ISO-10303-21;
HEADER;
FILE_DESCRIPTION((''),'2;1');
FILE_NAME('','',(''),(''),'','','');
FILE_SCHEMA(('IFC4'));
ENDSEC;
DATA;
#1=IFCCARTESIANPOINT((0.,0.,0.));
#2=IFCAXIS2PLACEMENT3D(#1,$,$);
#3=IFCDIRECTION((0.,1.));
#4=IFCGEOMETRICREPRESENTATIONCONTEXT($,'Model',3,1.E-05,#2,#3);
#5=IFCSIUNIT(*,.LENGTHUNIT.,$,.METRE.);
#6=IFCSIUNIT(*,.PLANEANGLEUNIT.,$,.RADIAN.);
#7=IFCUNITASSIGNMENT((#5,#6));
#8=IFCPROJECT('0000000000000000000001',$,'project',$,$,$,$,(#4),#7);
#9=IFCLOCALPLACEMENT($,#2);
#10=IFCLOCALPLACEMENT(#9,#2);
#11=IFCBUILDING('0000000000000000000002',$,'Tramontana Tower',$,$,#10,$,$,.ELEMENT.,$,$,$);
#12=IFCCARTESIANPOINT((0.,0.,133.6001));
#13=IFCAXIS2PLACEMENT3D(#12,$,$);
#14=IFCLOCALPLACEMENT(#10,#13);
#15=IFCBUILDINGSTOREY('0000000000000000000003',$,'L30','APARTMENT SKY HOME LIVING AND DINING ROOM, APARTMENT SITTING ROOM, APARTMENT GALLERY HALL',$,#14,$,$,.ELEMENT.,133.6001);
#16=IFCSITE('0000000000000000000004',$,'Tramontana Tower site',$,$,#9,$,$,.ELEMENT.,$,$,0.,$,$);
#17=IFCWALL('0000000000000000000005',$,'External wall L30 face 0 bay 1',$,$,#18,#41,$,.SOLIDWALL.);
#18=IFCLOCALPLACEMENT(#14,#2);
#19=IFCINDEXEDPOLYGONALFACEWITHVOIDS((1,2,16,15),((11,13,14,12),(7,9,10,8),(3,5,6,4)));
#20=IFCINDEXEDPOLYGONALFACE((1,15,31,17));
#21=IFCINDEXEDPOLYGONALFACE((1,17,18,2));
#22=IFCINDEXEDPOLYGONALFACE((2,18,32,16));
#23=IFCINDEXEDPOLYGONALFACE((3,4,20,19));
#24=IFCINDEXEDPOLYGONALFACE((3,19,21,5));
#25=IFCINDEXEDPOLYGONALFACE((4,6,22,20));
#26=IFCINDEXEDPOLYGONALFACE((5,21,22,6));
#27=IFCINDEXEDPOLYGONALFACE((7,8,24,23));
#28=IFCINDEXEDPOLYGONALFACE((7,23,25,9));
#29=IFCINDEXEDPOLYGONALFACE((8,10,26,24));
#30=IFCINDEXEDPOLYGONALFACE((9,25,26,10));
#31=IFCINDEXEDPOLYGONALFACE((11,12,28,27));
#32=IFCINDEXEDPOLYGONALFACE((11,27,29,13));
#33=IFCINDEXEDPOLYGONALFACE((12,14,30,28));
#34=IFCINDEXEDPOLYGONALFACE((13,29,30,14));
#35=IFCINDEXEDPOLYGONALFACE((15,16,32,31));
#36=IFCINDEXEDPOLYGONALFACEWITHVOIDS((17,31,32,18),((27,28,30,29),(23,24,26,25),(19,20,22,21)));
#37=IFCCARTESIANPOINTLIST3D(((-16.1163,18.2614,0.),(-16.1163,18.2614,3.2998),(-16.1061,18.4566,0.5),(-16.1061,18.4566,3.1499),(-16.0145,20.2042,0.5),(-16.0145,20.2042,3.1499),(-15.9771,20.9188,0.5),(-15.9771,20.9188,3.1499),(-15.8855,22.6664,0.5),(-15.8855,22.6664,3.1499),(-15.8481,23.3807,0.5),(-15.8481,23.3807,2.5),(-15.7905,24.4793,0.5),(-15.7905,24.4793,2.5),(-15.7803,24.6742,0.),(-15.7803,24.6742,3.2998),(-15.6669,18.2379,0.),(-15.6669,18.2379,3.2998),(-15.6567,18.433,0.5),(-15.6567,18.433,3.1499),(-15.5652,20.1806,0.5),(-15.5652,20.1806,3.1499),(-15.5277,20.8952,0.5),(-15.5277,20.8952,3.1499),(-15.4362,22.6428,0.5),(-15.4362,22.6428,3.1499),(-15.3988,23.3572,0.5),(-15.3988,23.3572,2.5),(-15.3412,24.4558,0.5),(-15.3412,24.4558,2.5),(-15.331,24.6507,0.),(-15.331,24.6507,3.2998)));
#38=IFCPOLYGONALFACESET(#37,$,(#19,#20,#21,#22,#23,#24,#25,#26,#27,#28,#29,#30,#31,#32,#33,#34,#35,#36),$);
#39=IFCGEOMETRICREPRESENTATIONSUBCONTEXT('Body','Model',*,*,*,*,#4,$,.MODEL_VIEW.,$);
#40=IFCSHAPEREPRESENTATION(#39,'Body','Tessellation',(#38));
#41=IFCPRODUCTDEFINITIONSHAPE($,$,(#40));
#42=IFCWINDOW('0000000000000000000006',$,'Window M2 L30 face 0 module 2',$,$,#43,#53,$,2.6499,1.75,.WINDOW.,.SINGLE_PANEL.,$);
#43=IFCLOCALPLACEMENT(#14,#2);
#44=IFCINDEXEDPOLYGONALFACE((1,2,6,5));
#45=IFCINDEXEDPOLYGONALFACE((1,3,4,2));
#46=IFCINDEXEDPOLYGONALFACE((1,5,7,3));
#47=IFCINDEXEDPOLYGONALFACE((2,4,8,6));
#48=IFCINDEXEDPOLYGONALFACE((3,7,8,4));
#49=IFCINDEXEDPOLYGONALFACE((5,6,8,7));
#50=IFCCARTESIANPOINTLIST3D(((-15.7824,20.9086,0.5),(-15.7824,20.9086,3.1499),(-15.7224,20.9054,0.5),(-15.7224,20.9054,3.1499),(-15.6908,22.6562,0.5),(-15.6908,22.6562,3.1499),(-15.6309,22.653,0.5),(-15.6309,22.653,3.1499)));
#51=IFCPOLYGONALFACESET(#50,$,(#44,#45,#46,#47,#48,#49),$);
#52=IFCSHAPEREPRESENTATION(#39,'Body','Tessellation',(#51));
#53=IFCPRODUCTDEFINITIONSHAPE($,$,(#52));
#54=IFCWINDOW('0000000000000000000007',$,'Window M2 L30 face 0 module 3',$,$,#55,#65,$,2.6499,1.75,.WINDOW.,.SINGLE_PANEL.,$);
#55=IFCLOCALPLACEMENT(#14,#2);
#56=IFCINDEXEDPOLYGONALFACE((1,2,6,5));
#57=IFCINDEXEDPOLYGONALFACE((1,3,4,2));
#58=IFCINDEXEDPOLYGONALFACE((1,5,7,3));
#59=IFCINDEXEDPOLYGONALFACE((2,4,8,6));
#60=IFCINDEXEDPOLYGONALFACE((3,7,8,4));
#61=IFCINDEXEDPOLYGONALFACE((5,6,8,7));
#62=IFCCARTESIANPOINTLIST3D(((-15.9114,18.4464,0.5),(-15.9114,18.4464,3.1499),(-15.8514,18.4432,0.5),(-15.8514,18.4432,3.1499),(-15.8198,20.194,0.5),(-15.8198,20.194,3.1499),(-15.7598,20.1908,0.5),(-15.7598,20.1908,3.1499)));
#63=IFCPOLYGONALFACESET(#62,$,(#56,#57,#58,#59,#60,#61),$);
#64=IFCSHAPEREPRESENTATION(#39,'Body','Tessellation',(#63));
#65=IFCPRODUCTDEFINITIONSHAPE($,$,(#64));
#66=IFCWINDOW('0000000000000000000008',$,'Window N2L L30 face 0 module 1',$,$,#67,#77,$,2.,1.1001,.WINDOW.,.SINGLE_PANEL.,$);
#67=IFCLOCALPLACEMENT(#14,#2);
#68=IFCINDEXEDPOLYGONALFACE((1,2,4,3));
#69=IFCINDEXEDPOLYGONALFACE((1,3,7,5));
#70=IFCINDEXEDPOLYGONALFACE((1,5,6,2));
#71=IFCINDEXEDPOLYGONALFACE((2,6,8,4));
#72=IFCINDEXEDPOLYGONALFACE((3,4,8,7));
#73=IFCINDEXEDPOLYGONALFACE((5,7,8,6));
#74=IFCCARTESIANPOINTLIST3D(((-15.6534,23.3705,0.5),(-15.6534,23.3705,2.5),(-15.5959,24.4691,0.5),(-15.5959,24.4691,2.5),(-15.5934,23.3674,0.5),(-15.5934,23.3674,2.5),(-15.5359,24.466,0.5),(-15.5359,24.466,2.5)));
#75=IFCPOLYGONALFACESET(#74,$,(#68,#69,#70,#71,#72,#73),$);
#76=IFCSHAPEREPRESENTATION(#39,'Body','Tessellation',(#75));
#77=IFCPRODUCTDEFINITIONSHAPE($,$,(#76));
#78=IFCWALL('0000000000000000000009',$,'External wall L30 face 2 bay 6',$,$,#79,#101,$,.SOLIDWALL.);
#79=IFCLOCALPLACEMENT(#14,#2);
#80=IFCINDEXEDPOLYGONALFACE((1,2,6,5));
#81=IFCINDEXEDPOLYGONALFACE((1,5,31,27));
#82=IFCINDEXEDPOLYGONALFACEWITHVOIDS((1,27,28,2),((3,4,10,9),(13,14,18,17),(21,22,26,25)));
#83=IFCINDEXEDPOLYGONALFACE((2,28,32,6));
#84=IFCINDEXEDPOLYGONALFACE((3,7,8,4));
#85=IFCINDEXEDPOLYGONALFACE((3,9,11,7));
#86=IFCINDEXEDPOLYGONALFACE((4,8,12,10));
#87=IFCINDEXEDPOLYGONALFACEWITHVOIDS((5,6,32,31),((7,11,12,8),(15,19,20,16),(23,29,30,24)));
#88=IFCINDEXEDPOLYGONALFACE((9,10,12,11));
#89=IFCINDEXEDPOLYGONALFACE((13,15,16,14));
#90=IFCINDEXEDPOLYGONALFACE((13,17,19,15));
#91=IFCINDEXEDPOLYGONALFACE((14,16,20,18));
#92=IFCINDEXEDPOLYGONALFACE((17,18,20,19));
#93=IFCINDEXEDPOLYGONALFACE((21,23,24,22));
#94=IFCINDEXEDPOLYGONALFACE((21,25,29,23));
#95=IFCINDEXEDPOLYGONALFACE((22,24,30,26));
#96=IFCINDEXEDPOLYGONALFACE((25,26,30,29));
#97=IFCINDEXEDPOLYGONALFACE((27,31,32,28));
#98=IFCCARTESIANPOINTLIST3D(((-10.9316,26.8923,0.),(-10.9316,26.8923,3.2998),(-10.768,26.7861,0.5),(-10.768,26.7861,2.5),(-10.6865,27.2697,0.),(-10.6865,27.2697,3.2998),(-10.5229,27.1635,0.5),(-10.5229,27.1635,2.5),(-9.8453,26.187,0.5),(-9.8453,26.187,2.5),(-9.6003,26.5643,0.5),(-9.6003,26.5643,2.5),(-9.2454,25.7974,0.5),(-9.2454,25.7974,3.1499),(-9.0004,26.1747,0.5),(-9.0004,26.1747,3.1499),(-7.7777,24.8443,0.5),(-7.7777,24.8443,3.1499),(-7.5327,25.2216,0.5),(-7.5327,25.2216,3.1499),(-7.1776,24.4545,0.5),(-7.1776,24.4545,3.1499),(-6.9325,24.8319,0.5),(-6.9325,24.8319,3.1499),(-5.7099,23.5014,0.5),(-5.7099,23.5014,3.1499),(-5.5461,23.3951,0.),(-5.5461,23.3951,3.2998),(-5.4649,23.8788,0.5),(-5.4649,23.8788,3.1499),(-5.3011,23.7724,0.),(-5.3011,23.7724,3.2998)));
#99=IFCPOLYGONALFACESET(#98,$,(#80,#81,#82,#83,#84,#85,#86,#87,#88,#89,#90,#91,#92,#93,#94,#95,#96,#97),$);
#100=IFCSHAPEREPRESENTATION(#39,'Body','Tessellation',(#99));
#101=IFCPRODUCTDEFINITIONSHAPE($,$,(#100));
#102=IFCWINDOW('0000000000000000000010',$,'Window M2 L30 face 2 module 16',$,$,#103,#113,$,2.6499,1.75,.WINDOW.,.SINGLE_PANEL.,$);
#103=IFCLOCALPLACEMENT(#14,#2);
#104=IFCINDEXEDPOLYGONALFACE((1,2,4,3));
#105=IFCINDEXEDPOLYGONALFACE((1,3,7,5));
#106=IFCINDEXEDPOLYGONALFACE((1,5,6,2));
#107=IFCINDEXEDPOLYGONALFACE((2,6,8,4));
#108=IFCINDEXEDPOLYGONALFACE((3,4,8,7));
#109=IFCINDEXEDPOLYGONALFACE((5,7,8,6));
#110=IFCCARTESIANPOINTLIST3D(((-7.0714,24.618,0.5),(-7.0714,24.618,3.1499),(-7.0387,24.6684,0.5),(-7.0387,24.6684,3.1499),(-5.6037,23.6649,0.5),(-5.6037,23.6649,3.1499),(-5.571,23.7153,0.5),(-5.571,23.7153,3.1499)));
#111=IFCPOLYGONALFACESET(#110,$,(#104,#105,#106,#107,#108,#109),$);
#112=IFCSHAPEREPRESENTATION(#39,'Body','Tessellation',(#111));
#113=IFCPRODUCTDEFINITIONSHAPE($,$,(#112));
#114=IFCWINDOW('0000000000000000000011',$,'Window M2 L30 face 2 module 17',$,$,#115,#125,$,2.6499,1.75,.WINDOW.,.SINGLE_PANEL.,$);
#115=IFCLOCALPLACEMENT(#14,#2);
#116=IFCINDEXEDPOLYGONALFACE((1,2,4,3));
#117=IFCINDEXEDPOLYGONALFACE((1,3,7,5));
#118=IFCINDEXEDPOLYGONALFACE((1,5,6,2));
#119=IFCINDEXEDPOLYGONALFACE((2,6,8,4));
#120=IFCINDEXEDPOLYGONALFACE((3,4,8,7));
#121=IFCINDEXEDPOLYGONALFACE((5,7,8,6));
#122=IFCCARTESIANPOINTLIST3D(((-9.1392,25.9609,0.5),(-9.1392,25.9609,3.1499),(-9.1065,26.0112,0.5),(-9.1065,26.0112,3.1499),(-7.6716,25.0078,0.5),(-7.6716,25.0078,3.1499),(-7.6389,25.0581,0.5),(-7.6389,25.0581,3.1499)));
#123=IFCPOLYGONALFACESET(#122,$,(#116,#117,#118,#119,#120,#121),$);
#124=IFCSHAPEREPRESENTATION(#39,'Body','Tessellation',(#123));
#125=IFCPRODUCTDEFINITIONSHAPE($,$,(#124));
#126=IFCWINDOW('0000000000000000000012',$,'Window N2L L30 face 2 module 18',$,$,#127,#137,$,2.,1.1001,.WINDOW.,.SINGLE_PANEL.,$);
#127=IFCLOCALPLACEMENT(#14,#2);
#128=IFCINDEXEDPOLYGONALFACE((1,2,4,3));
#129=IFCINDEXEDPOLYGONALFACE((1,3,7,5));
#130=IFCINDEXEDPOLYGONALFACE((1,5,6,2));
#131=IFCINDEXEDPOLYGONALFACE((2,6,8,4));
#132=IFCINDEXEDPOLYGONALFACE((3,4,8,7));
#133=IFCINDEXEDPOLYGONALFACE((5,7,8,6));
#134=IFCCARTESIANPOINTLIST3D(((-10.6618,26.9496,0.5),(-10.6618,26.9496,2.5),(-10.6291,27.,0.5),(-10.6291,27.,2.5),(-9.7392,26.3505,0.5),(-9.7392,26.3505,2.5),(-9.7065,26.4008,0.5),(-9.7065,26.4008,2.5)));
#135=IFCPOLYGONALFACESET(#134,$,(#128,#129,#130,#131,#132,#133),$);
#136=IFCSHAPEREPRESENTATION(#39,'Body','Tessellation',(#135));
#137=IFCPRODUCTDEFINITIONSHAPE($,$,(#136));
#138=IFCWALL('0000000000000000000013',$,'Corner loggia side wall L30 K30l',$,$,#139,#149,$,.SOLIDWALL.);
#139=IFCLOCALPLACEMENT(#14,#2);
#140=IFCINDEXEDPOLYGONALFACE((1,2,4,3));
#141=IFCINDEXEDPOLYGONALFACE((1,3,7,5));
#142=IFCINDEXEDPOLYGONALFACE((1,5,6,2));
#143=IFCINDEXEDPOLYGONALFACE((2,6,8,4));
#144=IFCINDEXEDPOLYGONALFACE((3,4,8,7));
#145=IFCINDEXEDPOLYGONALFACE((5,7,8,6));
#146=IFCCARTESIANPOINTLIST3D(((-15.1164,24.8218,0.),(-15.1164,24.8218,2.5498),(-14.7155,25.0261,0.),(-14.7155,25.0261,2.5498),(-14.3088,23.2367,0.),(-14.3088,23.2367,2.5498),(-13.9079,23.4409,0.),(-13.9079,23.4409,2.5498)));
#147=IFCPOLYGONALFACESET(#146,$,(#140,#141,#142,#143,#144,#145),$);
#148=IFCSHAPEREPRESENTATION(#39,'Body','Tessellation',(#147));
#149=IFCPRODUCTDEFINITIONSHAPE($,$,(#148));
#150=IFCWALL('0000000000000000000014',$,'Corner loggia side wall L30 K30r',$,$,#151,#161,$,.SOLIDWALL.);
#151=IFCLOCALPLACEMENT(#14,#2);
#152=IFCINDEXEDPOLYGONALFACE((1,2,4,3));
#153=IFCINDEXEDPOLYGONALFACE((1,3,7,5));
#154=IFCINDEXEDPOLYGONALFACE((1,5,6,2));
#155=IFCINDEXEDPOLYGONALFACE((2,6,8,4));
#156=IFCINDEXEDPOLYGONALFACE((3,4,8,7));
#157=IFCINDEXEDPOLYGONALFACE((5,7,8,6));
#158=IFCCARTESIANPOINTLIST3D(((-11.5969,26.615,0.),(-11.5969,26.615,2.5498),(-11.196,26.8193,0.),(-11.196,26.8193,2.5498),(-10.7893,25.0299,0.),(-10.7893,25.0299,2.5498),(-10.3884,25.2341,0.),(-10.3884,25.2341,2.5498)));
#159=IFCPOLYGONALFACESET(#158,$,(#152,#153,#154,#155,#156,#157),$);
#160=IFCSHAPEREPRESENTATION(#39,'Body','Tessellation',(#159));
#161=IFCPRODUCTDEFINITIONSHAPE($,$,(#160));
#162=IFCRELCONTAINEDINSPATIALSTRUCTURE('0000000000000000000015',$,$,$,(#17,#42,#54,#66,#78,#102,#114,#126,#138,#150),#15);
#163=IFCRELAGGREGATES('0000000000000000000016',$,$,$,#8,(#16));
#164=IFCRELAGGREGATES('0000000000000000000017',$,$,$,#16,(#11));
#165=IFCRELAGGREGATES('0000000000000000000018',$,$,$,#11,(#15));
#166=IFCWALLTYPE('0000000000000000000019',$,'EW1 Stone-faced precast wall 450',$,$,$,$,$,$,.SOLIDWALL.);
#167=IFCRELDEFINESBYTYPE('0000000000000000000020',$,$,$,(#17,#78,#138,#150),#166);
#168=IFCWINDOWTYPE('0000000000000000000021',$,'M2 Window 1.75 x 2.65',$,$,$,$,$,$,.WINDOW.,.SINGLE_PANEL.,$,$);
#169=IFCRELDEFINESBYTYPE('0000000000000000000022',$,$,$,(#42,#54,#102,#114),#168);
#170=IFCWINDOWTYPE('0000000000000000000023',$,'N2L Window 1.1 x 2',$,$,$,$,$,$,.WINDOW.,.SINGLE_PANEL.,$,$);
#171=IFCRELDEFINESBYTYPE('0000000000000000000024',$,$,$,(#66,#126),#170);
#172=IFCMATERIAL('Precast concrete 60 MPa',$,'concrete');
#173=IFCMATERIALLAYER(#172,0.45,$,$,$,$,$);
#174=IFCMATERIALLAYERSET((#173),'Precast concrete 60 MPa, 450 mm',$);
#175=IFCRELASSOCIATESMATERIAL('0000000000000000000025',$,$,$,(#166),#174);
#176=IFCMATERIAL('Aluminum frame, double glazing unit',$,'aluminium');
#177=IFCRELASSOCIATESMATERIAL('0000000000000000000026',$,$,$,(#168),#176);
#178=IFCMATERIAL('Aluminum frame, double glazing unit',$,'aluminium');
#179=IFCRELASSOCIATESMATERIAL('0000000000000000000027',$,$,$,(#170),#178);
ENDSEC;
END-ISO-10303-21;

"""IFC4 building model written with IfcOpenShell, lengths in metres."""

from ifc_helpers import new_model, si_unit, direction, frame, frame_2d, origin, place, context, subcontext, project, spatial, rectangle, extrude, material, layer, layer_set, type_object, element, fill, save


model = new_model("IFC4")

# Units and contexts
model_context = context("Model", 3, precision=1e-05, world=origin(), true_north=direction((0.0, 1.0)))
body_context = subcontext(model_context, "Body", "Model", "MODEL_VIEW")
ifc_project = project(units=[si_unit("LENGTHUNIT", "METRE"), si_unit("PLANEANGLEUNIT", "RADIAN")], contexts=[model_context])

# Site, building, storey
site_placement = place(None, origin())
site = spatial("IfcSite", under=ifc_project, at=site_placement, Name="Tramontana Tower site", CompositionType="ELEMENT", RefElevation=0.0)
building_placement = place(site_placement, origin())
building = spatial("IfcBuilding", under=site, at=building_placement, Name="Tramontana Tower", CompositionType="ELEMENT")
storey_placement = place(building_placement, frame((0.0, 0.0, 133.6001)))
storey = spatial("IfcBuildingStorey", under=building, at=storey_placement, Name="L30", Description="APARTMENT SKY HOME LIVING AND DINING ROOM, APARTMENT SITTING ROOM, APARTMENT GALLERY HALL", CompositionType="ELEMENT", Elevation=133.6001)

# Walls, openings, windows
ifc_material_1 = material(Name="Precast concrete 60 MPa", Category="concrete")
ifc_layer_1 = layer(ifc_material_1, 0.45)
ifc_layer_set_1 = layer_set([ifc_layer_1], Name="Precast concrete 60 MPa, 450 mm")
wall_type_1 = type_object("IfcWallType", Name="EW1 Stone-faced precast wall 450", PredefinedType="SOLIDWALL", material=ifc_layer_set_1)
wall_1_placement = place(storey_placement, frame((-15.5557, 24.6626, 0.0), z_axis=(0.0, 0.0, 1.0), x_axis=(-0.052313, -0.998631, 0.0)))
wall_1 = element("IfcWall", 1, at=wall_1_placement, inside=storey, type_object=wall_type_1, Name="External wall L30 face 0 bay 1", PredefinedType="SOLIDWALL", context=body_context, shape_type="SweptSolid", body=[
    extrude(rectangle(XDim=6.4216, YDim=0.45, at=frame_2d((3.2109, 0.0))), origin(), (0.0, 0.0, 1.0), 3.2998),
])
opening_1_placement = place(wall_1_placement, frame((0.1953, 0.0, 0.5)))
opening_1 = element("IfcOpeningElement", 2, at=opening_1_placement, cuts=wall_1, PredefinedType="OPENING", context=body_context, shape_type="SweptSolid", body=[
    extrude(rectangle(XDim=1.1001, YDim=2.0, at=frame_2d((0.55, 1.0))), frame((0.0, 0.2349, 0.0), z_axis=(0.0, -1.0, 0.0), x_axis=(1.0, 0.0, 0.0)), (0.0, 0.0, 1.0), 0.47),
])
opening_2_placement = place(wall_1_placement, frame((2.0107, 0.0, 0.5)))
opening_2 = element("IfcOpeningElement", 3, at=opening_2_placement, cuts=wall_1, PredefinedType="OPENING", context=body_context, shape_type="SweptSolid", body=[
    extrude(rectangle(XDim=1.75, YDim=2.6499, at=frame_2d((0.875, 1.325))), frame((0.0, 0.2349, 0.0), z_axis=(0.0, -1.0, 0.0), x_axis=(1.0, 0.0, 0.0)), (0.0, 0.0, 1.0), 0.47),
])
opening_3_placement = place(wall_1_placement, frame((4.4763, 0.0, 0.5)))
opening_3 = element("IfcOpeningElement", 4, at=opening_3_placement, cuts=wall_1, PredefinedType="OPENING", context=body_context, shape_type="SweptSolid", body=[
    extrude(rectangle(XDim=1.75, YDim=2.6499, at=frame_2d((0.875, 1.325))), frame((0.0, 0.2349, 0.0), z_axis=(0.0, -1.0, 0.0), x_axis=(1.0, 0.0, 0.0)), (0.0, 0.0, 1.0), 0.47),
])
ifc_material_2 = material(Name="Aluminum frame, double glazing unit", Category="aluminium")
window_type_1 = type_object("IfcWindowType", Name="M2 Window 1.75 x 2.65", PartitioningType="SINGLE_PANEL", PredefinedType="WINDOW", material=ifc_material_2)
window_1_placement = place(opening_2_placement, origin())
window_1 = element("IfcWindow", 5, at=window_1_placement, inside=storey, type_object=window_type_1, Name="Window M2 L30 face 0 module 2", OverallHeight=2.6499, OverallWidth=1.75, PartitioningType="SINGLE_PANEL", PredefinedType="WINDOW", context=body_context, shape_type="SweptSolid", body=[
    extrude(rectangle(XDim=1.75, YDim=2.6499, at=frame_2d((0.875, 1.325))), frame((0.0, 0.03, 0.0), z_axis=(0.0, -1.0, 0.0), x_axis=(1.0, 0.0, 0.0)), (0.0, 0.0, 1.0), 0.0601),
])
fill(opening_2, window_1)
window_2_placement = place(opening_3_placement, origin())
window_2 = element("IfcWindow", 6, at=window_2_placement, inside=storey, type_object=window_type_1, Name="Window M2 L30 face 0 module 3", OverallHeight=2.6499, OverallWidth=1.75, PartitioningType="SINGLE_PANEL", PredefinedType="WINDOW", context=body_context, shape_type="SweptSolid", body=[
    extrude(rectangle(XDim=1.75, YDim=2.6499, at=frame_2d((0.875, 1.325))), frame((0.0, 0.03, 0.0), z_axis=(0.0, -1.0, 0.0), x_axis=(1.0, 0.0, 0.0)), (0.0, 0.0, 1.0), 0.0601),
])
fill(opening_3, window_2)
ifc_material_3 = material(Name="Aluminum frame, double glazing unit", Category="aluminium")
window_type_2 = type_object("IfcWindowType", Name="N2L Window 1.1 x 2", PartitioningType="SINGLE_PANEL", PredefinedType="WINDOW", material=ifc_material_3)
window_3_placement = place(opening_1_placement, origin())
window_3 = element("IfcWindow", 7, at=window_3_placement, inside=storey, type_object=window_type_2, Name="Window N2L L30 face 0 module 1", OverallHeight=2.0, OverallWidth=1.1001, PartitioningType="SINGLE_PANEL", PredefinedType="WINDOW", context=body_context, shape_type="SweptSolid", body=[
    extrude(rectangle(XDim=1.1001, YDim=2.0, at=frame_2d((0.55, 1.0))), frame((0.0, 0.03, 0.0), z_axis=(0.0, -1.0, 0.0), x_axis=(1.0, 0.0, 0.0)), (0.0, 0.0, 1.0), 0.0601),
])
fill(opening_1, window_3)
wall_2_placement = place(storey_placement, frame((-5.4236, 23.5837, 0.0), z_axis=(0.0, 0.0, 1.0), x_axis=(-0.838675, 0.544631, 0.0)))
wall_2 = element("IfcWall", 8, at=wall_2_placement, inside=storey, type_object=wall_type_1, Name="External wall L30 face 2 bay 6", PredefinedType="SOLIDWALL", context=body_context, shape_type="SweptSolid", body=[
    extrude(rectangle(XDim=6.4214, YDim=0.45, at=frame_2d((3.2107, 0.0))), origin(), (0.0, 0.0, 1.0), 3.2998),
])
opening_4_placement = place(wall_2_placement, frame((0.1953, 0.0, 0.5)))
opening_4 = element("IfcOpeningElement", 9, at=opening_4_placement, cuts=wall_2, PredefinedType="OPENING", context=body_context, shape_type="SweptSolid", body=[
    extrude(rectangle(XDim=1.75, YDim=2.6499, at=frame_2d((0.875, 1.325))), frame((0.0, 0.2349, 0.0), z_axis=(0.0, -1.0, 0.0), x_axis=(1.0, 0.0, 0.0)), (0.0, 0.0, 1.0), 0.47),
])
opening_5_placement = place(wall_2_placement, frame((2.6609, 0.0, 0.5)))
opening_5 = element("IfcOpeningElement", 10, at=opening_5_placement, cuts=wall_2, PredefinedType="OPENING", context=body_context, shape_type="SweptSolid", body=[
    extrude(rectangle(XDim=1.75, YDim=2.6499, at=frame_2d((0.875, 1.325))), frame((0.0, 0.2349, 0.0), z_axis=(0.0, -1.0, 0.0), x_axis=(1.0, 0.0, 0.0)), (0.0, 0.0, 1.0), 0.47),
])
opening_6_placement = place(wall_2_placement, frame((5.1262, 0.0, 0.5)))
opening_6 = element("IfcOpeningElement", 11, at=opening_6_placement, cuts=wall_2, PredefinedType="OPENING", context=body_context, shape_type="SweptSolid", body=[
    extrude(rectangle(XDim=1.1001, YDim=2.0, at=frame_2d((0.55, 1.0))), frame((0.0, 0.2349, 0.0), z_axis=(0.0, -1.0, 0.0), x_axis=(1.0, 0.0, 0.0)), (0.0, 0.0, 1.0), 0.47),
])
window_4_placement = place(opening_4_placement, origin())
window_4 = element("IfcWindow", 12, at=window_4_placement, inside=storey, type_object=window_type_1, Name="Window M2 L30 face 2 module 16", OverallHeight=2.6499, OverallWidth=1.75, PartitioningType="SINGLE_PANEL", PredefinedType="WINDOW", context=body_context, shape_type="SweptSolid", body=[
    extrude(rectangle(XDim=1.75, YDim=2.6499, at=frame_2d((0.875, 1.325))), frame((0.0, 0.03, 0.0), z_axis=(0.0, -1.0, 0.0), x_axis=(1.0, 0.0, 0.0)), (0.0, 0.0, 1.0), 0.0601),
])
fill(opening_4, window_4)
window_5_placement = place(opening_5_placement, origin())
window_5 = element("IfcWindow", 13, at=window_5_placement, inside=storey, type_object=window_type_1, Name="Window M2 L30 face 2 module 17", OverallHeight=2.6499, OverallWidth=1.75, PartitioningType="SINGLE_PANEL", PredefinedType="WINDOW", context=body_context, shape_type="SweptSolid", body=[
    extrude(rectangle(XDim=1.75, YDim=2.6499, at=frame_2d((0.875, 1.325))), frame((0.0, 0.03, 0.0), z_axis=(0.0, -1.0, 0.0), x_axis=(1.0, 0.0, 0.0)), (0.0, 0.0, 1.0), 0.0601),
])
fill(opening_5, window_5)
window_6_placement = place(opening_6_placement, origin())
window_6 = element("IfcWindow", 14, at=window_6_placement, inside=storey, type_object=window_type_2, Name="Window N2L L30 face 2 module 18", OverallHeight=2.0, OverallWidth=1.1001, PartitioningType="SINGLE_PANEL", PredefinedType="WINDOW", context=body_context, shape_type="SweptSolid", body=[
    extrude(rectangle(XDim=1.1001, YDim=2.0, at=frame_2d((0.55, 1.0))), frame((0.0, 0.03, 0.0), z_axis=(0.0, -1.0, 0.0), x_axis=(1.0, 0.0, 0.0)), (0.0, 0.0, 1.0), 0.0601),
])
fill(opening_6, window_6)

# Walls
for number, where, z_axis, x_axis, name in (
    (15, (-14.916, 24.9241, 0.0), (0.0, 0.0, 1.0), (0.453953, -0.891026, 0.0), "Corner loggia side wall L30 K30l"),
    (16, (-11.3965, 26.7173, 0.0), (0.0, 0.0, 1.0), (0.453953, -0.891026, 0.0), "Corner loggia side wall L30 K30r"),
):
    element("IfcWall", number, at=place(storey_placement, frame(where, z_axis=z_axis, x_axis=x_axis)), inside=storey, type_object=wall_type_1, Name=name, PredefinedType="SOLIDWALL", context=body_context, shape_type="SweptSolid", body=[
        extrude(rectangle(XDim=1.7791, YDim=0.45, at=frame_2d((0.8896, 0.0))), origin(), (0.0, 0.0, 1.0), 2.5498),
    ])

save(model, "model.ifc")
